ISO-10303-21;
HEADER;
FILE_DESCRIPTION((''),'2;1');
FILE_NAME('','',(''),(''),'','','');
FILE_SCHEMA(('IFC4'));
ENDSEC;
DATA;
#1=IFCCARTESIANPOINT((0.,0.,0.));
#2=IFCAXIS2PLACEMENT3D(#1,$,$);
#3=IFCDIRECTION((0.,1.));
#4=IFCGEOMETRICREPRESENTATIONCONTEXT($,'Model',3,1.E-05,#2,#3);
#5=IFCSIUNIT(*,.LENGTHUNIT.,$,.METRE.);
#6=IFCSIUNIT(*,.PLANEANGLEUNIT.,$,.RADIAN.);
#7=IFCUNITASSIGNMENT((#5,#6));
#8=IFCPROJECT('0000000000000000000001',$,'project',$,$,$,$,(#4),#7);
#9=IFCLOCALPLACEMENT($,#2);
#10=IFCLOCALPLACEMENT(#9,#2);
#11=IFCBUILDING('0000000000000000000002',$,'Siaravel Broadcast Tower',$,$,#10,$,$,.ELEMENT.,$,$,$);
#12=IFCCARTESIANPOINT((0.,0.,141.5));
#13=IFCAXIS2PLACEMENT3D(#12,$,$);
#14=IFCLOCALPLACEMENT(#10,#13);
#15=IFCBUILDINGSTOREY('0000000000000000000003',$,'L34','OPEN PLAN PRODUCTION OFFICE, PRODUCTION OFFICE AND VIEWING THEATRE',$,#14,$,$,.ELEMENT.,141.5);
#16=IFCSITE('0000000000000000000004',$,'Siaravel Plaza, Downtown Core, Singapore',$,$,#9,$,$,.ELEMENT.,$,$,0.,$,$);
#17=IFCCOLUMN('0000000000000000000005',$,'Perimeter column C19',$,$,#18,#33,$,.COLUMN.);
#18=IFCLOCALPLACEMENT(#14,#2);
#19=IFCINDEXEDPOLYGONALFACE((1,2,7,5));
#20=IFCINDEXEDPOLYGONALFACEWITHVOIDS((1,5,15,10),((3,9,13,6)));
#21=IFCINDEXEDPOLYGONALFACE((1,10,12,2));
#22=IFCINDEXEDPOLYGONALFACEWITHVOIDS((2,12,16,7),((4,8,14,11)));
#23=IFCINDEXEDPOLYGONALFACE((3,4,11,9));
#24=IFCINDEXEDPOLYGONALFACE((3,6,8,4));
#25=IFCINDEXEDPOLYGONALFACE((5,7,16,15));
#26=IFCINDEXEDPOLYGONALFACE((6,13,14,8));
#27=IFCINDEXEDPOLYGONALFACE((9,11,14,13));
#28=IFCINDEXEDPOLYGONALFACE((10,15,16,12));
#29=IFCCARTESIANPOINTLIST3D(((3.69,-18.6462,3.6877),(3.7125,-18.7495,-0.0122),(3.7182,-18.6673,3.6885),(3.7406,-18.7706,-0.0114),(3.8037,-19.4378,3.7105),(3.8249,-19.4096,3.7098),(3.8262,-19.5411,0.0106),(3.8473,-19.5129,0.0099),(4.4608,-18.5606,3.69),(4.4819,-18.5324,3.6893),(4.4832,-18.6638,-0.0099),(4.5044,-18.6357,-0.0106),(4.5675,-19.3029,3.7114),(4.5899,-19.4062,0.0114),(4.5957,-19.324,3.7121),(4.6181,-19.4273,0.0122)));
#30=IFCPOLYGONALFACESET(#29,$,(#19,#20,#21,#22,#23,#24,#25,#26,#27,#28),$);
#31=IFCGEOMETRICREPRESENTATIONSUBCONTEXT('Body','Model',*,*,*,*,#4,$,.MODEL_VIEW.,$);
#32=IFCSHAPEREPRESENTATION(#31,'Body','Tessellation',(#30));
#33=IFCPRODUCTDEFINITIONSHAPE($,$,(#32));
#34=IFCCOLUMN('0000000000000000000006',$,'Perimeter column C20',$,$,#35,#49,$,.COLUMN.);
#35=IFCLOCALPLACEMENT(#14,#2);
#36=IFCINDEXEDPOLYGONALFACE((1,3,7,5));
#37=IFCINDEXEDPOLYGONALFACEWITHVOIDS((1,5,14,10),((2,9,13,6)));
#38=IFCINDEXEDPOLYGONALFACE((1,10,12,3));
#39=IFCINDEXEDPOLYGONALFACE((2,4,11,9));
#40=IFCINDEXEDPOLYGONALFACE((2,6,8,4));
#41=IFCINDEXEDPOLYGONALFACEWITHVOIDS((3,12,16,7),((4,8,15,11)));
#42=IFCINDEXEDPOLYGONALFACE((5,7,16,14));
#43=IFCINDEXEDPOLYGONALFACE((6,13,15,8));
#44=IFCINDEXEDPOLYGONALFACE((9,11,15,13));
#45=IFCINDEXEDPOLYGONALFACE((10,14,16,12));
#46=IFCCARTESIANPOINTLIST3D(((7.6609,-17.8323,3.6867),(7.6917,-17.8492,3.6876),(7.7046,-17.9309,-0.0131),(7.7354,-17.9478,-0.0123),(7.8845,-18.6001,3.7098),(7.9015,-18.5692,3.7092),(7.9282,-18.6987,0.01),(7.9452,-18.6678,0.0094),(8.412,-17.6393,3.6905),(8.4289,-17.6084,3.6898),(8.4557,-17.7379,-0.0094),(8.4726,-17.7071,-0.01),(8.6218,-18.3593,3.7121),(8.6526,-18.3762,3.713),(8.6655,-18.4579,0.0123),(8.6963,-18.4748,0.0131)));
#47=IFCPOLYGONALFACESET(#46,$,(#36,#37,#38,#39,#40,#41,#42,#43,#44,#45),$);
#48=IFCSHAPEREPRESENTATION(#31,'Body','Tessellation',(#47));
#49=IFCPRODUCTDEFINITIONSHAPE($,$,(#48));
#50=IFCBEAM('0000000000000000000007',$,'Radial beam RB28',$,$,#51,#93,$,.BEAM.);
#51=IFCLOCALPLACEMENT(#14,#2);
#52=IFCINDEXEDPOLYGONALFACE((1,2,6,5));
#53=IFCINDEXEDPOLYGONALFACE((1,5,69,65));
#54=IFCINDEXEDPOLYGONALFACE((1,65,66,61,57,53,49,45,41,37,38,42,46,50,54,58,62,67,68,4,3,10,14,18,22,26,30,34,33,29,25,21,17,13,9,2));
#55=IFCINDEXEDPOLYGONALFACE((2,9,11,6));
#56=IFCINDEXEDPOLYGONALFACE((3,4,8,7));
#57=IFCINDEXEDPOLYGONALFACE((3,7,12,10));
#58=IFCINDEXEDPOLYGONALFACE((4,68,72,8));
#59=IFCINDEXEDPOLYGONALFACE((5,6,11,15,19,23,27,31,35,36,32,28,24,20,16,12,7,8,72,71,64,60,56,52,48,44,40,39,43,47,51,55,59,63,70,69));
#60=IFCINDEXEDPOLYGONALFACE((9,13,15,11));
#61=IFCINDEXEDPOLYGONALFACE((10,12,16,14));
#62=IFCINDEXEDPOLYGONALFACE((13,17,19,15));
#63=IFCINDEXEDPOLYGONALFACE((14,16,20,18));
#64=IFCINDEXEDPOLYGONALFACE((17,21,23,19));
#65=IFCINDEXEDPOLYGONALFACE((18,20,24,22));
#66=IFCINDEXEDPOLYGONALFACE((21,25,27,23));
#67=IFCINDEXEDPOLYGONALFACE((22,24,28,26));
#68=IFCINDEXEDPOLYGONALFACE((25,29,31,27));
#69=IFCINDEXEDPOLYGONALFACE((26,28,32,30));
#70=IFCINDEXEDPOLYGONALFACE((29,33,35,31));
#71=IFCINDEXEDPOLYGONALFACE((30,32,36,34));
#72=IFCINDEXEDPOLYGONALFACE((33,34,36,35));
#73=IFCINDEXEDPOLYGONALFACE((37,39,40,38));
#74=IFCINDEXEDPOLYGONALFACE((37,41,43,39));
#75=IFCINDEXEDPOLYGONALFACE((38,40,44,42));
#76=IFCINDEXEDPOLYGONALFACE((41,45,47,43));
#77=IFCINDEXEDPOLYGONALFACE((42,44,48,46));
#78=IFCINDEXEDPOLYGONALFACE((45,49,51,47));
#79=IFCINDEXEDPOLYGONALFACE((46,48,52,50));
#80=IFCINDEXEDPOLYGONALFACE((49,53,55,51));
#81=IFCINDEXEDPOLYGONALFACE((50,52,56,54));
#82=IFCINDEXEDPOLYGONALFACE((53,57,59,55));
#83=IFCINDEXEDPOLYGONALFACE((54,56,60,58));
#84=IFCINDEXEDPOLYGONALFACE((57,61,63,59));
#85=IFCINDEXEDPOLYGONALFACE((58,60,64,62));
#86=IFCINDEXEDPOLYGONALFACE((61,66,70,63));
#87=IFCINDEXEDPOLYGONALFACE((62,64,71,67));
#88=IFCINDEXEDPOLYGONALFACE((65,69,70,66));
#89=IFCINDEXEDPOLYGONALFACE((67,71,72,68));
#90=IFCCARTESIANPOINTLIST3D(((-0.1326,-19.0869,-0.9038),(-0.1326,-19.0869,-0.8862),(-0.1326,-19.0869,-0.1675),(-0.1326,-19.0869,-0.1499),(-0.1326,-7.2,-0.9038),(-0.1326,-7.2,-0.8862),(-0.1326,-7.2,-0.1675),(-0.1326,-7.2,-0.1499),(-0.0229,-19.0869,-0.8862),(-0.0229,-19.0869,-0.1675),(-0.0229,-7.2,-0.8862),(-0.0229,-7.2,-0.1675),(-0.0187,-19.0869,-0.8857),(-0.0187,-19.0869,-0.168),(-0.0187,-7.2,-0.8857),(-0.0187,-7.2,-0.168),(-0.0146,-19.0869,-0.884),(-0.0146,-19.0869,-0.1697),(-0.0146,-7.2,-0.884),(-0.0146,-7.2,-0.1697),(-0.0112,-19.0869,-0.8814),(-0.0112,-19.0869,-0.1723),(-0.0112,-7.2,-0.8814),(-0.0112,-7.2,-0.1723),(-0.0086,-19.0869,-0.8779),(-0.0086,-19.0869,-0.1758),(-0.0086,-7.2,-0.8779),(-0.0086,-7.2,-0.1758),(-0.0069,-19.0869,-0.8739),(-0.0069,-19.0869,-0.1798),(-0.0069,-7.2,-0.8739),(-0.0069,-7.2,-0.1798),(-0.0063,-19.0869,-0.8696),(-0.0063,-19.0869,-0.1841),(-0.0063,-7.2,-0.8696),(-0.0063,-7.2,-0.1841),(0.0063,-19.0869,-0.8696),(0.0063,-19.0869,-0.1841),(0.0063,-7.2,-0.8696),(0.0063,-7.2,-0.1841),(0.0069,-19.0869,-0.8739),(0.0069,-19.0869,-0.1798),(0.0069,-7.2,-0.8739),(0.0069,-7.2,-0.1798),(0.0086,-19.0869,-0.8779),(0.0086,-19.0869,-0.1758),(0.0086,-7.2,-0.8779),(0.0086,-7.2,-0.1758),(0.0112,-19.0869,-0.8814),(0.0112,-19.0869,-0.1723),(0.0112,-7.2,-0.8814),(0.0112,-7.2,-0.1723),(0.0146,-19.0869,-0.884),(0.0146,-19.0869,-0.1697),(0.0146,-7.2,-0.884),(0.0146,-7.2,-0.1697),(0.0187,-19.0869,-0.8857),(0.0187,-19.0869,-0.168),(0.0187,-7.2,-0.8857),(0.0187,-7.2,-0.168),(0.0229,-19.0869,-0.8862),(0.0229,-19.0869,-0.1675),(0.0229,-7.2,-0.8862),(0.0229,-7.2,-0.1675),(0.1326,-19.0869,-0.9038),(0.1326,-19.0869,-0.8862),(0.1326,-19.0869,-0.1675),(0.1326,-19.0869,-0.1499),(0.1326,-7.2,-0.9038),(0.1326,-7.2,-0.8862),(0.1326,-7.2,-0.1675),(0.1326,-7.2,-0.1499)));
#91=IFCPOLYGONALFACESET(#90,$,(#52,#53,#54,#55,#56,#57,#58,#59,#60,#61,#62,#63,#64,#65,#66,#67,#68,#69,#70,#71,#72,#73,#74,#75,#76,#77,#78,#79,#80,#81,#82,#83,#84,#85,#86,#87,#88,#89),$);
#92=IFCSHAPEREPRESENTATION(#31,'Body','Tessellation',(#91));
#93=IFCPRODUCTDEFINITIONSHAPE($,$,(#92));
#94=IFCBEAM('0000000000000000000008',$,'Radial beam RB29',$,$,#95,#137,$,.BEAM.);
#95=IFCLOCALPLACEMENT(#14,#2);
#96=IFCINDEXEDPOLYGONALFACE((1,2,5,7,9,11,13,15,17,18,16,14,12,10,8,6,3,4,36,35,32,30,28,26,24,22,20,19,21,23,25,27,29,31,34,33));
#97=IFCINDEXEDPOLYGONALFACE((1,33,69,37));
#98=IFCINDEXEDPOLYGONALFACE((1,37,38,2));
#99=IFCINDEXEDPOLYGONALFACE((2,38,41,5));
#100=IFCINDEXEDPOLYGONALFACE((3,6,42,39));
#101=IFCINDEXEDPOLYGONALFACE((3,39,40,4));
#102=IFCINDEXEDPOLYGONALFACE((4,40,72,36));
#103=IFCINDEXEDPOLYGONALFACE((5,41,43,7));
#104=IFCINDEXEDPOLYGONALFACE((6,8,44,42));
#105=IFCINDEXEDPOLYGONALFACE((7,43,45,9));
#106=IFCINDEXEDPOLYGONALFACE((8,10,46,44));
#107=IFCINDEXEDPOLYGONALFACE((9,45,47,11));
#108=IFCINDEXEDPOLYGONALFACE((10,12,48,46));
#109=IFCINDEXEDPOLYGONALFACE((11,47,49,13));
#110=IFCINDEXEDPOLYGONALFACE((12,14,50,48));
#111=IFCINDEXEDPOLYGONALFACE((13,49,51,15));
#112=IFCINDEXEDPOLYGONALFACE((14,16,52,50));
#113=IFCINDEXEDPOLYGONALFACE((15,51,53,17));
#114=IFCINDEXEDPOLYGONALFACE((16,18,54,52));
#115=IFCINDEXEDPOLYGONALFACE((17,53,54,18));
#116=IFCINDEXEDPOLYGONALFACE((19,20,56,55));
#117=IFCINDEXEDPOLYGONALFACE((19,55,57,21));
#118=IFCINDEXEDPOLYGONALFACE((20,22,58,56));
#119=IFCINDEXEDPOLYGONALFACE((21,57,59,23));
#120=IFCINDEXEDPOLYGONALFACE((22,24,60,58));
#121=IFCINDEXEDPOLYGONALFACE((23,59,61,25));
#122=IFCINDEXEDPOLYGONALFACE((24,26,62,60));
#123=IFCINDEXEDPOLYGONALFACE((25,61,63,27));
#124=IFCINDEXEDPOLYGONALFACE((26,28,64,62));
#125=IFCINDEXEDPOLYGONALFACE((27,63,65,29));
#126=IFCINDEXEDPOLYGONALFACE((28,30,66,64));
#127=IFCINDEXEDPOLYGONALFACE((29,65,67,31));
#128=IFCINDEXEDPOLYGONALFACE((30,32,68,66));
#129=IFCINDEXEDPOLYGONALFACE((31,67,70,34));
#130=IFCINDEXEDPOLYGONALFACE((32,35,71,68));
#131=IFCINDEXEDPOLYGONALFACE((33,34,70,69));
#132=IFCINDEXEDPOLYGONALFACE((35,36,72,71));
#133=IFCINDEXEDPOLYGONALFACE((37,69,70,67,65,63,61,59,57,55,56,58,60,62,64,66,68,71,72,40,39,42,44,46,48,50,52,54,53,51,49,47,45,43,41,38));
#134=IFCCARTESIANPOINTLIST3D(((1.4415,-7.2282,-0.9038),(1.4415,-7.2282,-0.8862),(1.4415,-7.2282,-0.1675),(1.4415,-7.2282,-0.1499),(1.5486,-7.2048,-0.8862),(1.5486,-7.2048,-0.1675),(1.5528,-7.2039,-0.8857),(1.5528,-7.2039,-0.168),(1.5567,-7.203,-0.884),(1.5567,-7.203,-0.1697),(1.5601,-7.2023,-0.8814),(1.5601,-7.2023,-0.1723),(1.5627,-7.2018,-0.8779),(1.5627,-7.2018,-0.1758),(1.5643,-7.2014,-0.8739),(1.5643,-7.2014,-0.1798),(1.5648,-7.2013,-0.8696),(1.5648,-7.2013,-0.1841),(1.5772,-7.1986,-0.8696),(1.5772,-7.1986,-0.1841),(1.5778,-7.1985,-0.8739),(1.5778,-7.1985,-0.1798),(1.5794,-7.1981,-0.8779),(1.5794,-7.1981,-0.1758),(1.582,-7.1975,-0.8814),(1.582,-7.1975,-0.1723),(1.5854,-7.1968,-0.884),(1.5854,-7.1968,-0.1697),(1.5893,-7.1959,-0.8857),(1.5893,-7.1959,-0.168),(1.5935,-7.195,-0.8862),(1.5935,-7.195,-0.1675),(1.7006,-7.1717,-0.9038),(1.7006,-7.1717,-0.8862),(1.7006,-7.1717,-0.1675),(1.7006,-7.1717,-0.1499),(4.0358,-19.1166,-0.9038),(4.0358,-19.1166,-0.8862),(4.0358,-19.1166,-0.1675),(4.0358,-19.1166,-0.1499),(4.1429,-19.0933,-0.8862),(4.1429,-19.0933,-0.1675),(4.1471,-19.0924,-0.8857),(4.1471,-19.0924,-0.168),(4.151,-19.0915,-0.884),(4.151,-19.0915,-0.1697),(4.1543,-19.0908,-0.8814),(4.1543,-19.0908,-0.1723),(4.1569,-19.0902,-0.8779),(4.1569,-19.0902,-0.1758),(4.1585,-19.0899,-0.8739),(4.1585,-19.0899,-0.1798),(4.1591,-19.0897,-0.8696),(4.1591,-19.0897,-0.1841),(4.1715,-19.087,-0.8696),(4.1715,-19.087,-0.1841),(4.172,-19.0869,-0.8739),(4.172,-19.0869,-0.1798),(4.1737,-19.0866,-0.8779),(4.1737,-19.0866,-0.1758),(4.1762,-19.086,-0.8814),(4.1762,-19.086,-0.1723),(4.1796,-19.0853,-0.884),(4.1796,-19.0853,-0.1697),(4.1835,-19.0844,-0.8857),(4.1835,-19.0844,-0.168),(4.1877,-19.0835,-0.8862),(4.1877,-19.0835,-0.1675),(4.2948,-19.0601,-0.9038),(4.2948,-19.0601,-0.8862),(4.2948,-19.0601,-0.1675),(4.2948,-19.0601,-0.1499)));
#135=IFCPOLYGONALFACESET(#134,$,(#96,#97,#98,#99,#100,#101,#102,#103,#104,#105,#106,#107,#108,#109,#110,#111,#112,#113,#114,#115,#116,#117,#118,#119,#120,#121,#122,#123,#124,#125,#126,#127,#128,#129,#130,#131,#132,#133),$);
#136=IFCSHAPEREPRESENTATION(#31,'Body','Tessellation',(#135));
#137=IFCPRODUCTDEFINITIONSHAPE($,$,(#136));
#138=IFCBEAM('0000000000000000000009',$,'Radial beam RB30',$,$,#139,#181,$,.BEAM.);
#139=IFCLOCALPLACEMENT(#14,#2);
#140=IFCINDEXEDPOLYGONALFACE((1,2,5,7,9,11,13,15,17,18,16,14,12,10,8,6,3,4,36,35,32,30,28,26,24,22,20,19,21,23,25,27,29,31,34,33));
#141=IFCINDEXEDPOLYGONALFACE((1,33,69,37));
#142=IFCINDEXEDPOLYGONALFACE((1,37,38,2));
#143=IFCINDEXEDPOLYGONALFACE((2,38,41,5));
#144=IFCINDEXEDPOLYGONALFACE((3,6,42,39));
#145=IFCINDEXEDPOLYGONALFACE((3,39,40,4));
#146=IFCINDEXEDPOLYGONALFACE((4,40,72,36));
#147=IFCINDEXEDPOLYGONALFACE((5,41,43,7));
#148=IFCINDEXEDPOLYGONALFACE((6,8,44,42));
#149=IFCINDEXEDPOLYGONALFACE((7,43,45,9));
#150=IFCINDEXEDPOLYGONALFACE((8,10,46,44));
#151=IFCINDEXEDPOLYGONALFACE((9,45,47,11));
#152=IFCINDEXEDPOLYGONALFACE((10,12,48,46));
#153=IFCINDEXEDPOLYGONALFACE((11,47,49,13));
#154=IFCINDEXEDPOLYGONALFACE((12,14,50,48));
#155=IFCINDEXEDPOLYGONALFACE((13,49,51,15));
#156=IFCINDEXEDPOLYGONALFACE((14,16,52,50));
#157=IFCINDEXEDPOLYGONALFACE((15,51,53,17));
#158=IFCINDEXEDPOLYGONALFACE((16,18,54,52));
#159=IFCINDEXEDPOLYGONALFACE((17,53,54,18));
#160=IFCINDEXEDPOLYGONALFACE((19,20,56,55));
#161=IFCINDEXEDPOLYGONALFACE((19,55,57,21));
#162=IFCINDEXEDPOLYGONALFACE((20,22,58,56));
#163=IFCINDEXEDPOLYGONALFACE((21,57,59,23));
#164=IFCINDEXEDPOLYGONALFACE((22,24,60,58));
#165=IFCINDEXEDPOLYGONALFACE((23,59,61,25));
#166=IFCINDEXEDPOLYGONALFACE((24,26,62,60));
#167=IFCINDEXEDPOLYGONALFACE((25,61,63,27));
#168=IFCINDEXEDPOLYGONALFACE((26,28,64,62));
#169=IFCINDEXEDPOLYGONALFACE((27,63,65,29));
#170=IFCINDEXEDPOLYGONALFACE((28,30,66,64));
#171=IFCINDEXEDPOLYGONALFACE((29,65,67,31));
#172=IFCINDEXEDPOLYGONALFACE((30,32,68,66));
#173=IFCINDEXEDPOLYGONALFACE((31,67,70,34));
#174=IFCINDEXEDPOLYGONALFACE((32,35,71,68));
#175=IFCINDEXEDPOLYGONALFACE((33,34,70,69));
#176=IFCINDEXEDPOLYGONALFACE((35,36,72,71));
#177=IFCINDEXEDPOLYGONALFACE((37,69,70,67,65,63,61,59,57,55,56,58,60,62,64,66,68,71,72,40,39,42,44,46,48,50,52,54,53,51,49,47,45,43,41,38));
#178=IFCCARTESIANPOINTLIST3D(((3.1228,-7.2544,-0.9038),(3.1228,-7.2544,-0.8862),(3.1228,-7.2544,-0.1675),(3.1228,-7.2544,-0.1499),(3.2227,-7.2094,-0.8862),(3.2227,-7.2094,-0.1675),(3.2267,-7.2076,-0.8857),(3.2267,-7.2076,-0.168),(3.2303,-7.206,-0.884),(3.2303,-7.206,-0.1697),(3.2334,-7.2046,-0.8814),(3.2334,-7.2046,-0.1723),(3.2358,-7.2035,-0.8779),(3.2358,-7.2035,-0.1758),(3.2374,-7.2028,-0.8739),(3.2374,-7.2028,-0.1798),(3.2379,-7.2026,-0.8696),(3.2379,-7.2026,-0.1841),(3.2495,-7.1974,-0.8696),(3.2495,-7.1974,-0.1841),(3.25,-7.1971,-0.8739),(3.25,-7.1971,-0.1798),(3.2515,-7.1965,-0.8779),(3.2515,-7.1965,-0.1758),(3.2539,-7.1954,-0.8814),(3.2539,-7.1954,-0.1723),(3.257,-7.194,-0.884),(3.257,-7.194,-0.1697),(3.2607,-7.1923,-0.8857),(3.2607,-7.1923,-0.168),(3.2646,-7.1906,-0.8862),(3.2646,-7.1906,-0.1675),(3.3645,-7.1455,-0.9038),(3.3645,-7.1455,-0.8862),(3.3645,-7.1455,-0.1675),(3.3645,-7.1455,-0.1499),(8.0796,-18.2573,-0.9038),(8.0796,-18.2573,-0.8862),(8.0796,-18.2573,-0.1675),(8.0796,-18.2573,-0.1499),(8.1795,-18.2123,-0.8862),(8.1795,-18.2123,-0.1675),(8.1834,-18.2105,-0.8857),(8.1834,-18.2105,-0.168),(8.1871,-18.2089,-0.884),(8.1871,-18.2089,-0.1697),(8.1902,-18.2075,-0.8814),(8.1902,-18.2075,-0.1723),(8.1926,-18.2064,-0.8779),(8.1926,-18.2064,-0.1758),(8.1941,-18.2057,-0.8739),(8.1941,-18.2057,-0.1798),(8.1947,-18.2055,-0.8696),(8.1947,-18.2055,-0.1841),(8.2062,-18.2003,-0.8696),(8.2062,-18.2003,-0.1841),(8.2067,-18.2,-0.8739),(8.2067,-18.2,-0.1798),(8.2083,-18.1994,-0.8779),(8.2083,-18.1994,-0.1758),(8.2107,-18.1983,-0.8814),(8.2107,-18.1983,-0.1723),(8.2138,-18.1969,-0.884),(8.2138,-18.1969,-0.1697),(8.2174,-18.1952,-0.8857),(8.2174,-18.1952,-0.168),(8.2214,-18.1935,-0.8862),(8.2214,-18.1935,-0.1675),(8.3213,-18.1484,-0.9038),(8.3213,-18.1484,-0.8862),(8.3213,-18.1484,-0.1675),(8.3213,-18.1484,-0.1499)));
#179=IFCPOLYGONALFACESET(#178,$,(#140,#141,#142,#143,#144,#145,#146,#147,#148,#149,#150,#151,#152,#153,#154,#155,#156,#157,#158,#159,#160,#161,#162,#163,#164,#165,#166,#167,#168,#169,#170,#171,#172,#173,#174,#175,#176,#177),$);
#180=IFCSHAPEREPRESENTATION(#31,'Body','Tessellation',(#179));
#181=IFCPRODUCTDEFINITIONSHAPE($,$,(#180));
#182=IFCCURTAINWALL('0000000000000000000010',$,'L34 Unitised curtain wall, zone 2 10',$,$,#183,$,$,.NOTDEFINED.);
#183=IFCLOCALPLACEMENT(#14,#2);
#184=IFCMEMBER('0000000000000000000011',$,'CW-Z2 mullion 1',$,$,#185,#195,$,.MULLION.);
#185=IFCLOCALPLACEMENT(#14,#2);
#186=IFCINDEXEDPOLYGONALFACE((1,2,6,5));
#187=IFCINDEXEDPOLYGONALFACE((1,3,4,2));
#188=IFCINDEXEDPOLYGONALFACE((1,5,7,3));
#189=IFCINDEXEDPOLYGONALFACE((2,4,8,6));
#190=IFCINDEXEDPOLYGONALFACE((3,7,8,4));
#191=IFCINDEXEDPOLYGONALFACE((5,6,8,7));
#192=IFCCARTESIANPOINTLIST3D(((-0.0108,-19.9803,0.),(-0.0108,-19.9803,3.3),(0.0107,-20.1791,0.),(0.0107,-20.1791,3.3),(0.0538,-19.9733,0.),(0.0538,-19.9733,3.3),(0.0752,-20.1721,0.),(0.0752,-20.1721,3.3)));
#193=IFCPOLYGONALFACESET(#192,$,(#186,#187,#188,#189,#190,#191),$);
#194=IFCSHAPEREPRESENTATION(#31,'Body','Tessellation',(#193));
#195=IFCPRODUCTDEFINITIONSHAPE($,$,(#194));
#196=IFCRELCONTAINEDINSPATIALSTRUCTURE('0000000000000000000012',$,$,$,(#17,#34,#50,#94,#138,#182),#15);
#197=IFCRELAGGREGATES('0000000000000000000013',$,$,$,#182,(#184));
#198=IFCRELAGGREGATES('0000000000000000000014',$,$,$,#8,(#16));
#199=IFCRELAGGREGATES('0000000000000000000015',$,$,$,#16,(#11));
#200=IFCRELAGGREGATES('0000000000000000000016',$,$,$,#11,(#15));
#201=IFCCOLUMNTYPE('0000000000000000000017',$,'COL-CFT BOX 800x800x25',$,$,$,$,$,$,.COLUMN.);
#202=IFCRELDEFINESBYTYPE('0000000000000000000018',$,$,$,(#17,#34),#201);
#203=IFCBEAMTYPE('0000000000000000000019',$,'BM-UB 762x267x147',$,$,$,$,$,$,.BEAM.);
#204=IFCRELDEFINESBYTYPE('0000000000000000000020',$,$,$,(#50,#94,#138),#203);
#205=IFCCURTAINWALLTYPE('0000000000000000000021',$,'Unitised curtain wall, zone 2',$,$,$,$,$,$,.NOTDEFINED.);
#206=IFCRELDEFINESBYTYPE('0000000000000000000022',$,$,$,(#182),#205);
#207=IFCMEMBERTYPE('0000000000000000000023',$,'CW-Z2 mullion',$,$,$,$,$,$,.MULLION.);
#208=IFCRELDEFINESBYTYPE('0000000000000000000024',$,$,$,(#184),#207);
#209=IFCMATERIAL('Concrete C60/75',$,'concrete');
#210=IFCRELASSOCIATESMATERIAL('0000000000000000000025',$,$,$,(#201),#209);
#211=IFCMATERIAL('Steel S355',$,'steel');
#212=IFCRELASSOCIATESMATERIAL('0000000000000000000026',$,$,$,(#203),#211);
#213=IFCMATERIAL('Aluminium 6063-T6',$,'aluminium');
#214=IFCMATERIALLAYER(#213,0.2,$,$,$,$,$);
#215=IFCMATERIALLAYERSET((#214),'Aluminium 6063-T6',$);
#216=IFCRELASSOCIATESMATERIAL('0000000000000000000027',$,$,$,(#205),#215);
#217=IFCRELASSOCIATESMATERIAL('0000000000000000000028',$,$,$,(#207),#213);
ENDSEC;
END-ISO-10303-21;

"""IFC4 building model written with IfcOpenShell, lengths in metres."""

from ifc_helpers import new_model, si_unit, direction, frame, origin, origin_2d, place, context, subcontext, project, spatial, rectangle, hollow_rectangle, i_section, extrude, material, layer, layer_set, material_profile, profile_set, type_object, element, aggregate, save


model = new_model("IFC4")

# Units and contexts
model_context = context("Model", 3, precision=1e-05, world=origin(), true_north=direction((0.0, 1.0)))
body_context = subcontext(model_context, "Body", "Model", "MODEL_VIEW")
ifc_project = project(units=[si_unit("LENGTHUNIT", "METRE"), si_unit("PLANEANGLEUNIT", "RADIAN")], contexts=[model_context])

# Site, building, storey
site_placement = place(None, origin())
site = spatial("IfcSite", under=ifc_project, at=site_placement, Name="Siaravel Plaza, Downtown Core, Singapore", CompositionType="ELEMENT", RefElevation=0.0)
building_placement = place(site_placement, origin())
building = spatial("IfcBuilding", under=site, at=building_placement, Name="Siaravel Broadcast Tower", CompositionType="ELEMENT")
storey_placement = place(building_placement, frame((0.0, 0.0, 141.5)))
storey = spatial("IfcBuildingStorey", under=building, at=storey_placement, Name="L34", Description="OPEN PLAN PRODUCTION OFFICE, PRODUCTION OFFICE AND VIEWING THEATRE", CompositionType="ELEMENT", Elevation=141.5)

# Columns
ifc_material_1 = material(Name="Concrete C60/75", Category="concrete")
ifc_material_profile_1 = material_profile(ifc_material_1, hollow_rectangle(XDim=0.8, YDim=0.8, WallThickness=0.0249, at=origin_2d()))
ifc_profile_set_1 = profile_set([ifc_material_profile_1], Name="Concrete C60/75")
column_type = type_object("IfcColumnType", Name="COL-CFT BOX 800x800x25", PredefinedType="COLUMN", material=ifc_profile_set_1)
for number, where, z_axis, x_axis, name in (
    (1, (4.1653, -19.0884, 0.0), (-0.006068, 0.0279, 0.999592), (-0.989821, -0.142301, -0.002037), "Perimeter column C19"),
    (2, (8.2004, -18.2029, 0.0), (-0.011806, 0.026647, 0.999575), (-0.960048, -0.279808, -0.00388), "Perimeter column C20"),
):
    element("IfcColumn", number, at=place(storey_placement, frame(where, z_axis=z_axis, x_axis=x_axis)), inside=storey, type_object=column_type, Name=name, PredefinedType="COLUMN", context=body_context, shape_type="SweptSolid", body=[
        extrude(hollow_rectangle(XDim=0.8, YDim=0.8, WallThickness=0.0249, at=origin_2d()), origin(), (0.0, 0.0, 1.0), 3.7014),
    ])

# Beams
ifc_material_2 = material(Name="Steel S355", Category="steel")
ifc_material_profile_2 = material_profile(ifc_material_2, i_section(OverallWidth=0.2651, OverallDepth=0.7539, WebThickness=0.0127, FlangeThickness=0.0176, FilletRadius=0.0166, at=origin_2d()))
ifc_profile_set_2 = profile_set([ifc_material_profile_2], Name="Steel S355")
beam_type = type_object("IfcBeamType", Name="BM-UB 762x267x147", PredefinedType="BEAM", material=ifc_profile_set_2)
beam_1_placement = place(storey_placement, frame((0.0, -19.0869, -0.5269), z_axis=(0.0, 1.0, 0.0), x_axis=(-1.0, 0.0, 0.0)))
element("IfcBeam", 3, at=beam_1_placement, inside=storey, type_object=beam_type, Name="Radial beam RB28", PredefinedType="BEAM", context=body_context, shape_type="SweptSolid", body=[
    extrude(i_section(OverallWidth=0.2651, OverallDepth=0.7539, WebThickness=0.0127, FlangeThickness=0.0176, FilletRadius=0.0166, at=origin_2d()), origin(), (0.0, 0.0, 1.0), 11.887),
])
beam_2_placement = place(storey_placement, frame((4.1653, -19.0884, -0.5269), z_axis=(-0.213198, 0.977009, 0.0), x_axis=(-0.977009, -0.213198, 0.0)))
element("IfcBeam", 4, at=beam_2_placement, inside=storey, type_object=beam_type, Name="Radial beam RB29", PredefinedType="BEAM", context=body_context, shape_type="SweptSolid", body=[
    extrude(i_section(OverallWidth=0.2651, OverallDepth=0.7539, WebThickness=0.0127, FlangeThickness=0.0176, FilletRadius=0.0166, at=origin_2d()), origin(), (0.0, 0.0, 1.0), 12.1682),
])
beam_3_placement = place(storey_placement, frame((8.2004, -18.2029, -0.5269), z_axis=(-0.410741, 0.911752, 0.0), x_axis=(-0.911752, -0.410741, 0.0)))
element("IfcBeam", 5, at=beam_3_placement, inside=storey, type_object=beam_type, Name="Radial beam RB30", PredefinedType="BEAM", context=body_context, shape_type="SweptSolid", body=[
    extrude(i_section(OverallWidth=0.2651, OverallDepth=0.7539, WebThickness=0.0127, FlangeThickness=0.0176, FilletRadius=0.0166, at=origin_2d()), origin(), (0.0, 0.0, 1.0), 12.0679),
])

# Curtain wall, member
ifc_material_3 = material(Name="Aluminium 6063-T6", Category="aluminium")
ifc_layer_1 = layer(ifc_material_3, 0.2)
ifc_layer_set_1 = layer_set([ifc_layer_1], Name="Aluminium 6063-T6")
curtain_wall_type = type_object("IfcCurtainWallType", Name="Unitised curtain wall, zone 2", PredefinedType="NOTDEFINED", material=ifc_layer_set_1)
curtain_wall_1_placement = place(storey_placement, origin())
curtain_wall_1 = element("IfcCurtainWall", 6, at=curtain_wall_1_placement, inside=storey, type_object=curtain_wall_type, Name="L34 Unitised curtain wall, zone 2 10", PredefinedType="NOTDEFINED")
ifc_material_profile_3 = material_profile(ifc_material_3, rectangle(XDim=0.2, YDim=0.0649, at=origin_2d()))
ifc_profile_set_3 = profile_set([ifc_material_profile_3], Name="Aluminium 6063-T6")
member_type_1 = type_object("IfcMemberType", Name="CW-Z2 mullion", PredefinedType="MULLION", material=ifc_profile_set_3)
member_1_placement = place(storey_placement, frame((0.0322, -20.0762, 0.0), z_axis=(0.0, 0.0, 1.0), x_axis=(-0.107218, 0.994236, 0.0)))
member_1 = element("IfcMember", 7, at=member_1_placement, type_object=member_type_1, Name="CW-Z2 mullion 1", PredefinedType="MULLION", context=body_context, shape_type="SweptSolid", body=[
    extrude(rectangle(XDim=0.2, YDim=0.0649, at=origin_2d()), origin(), (0.0, 0.0, 1.0), 3.3),
])

aggregate(curtain_wall_1, [member_1])

save(model, "model.ifc")
